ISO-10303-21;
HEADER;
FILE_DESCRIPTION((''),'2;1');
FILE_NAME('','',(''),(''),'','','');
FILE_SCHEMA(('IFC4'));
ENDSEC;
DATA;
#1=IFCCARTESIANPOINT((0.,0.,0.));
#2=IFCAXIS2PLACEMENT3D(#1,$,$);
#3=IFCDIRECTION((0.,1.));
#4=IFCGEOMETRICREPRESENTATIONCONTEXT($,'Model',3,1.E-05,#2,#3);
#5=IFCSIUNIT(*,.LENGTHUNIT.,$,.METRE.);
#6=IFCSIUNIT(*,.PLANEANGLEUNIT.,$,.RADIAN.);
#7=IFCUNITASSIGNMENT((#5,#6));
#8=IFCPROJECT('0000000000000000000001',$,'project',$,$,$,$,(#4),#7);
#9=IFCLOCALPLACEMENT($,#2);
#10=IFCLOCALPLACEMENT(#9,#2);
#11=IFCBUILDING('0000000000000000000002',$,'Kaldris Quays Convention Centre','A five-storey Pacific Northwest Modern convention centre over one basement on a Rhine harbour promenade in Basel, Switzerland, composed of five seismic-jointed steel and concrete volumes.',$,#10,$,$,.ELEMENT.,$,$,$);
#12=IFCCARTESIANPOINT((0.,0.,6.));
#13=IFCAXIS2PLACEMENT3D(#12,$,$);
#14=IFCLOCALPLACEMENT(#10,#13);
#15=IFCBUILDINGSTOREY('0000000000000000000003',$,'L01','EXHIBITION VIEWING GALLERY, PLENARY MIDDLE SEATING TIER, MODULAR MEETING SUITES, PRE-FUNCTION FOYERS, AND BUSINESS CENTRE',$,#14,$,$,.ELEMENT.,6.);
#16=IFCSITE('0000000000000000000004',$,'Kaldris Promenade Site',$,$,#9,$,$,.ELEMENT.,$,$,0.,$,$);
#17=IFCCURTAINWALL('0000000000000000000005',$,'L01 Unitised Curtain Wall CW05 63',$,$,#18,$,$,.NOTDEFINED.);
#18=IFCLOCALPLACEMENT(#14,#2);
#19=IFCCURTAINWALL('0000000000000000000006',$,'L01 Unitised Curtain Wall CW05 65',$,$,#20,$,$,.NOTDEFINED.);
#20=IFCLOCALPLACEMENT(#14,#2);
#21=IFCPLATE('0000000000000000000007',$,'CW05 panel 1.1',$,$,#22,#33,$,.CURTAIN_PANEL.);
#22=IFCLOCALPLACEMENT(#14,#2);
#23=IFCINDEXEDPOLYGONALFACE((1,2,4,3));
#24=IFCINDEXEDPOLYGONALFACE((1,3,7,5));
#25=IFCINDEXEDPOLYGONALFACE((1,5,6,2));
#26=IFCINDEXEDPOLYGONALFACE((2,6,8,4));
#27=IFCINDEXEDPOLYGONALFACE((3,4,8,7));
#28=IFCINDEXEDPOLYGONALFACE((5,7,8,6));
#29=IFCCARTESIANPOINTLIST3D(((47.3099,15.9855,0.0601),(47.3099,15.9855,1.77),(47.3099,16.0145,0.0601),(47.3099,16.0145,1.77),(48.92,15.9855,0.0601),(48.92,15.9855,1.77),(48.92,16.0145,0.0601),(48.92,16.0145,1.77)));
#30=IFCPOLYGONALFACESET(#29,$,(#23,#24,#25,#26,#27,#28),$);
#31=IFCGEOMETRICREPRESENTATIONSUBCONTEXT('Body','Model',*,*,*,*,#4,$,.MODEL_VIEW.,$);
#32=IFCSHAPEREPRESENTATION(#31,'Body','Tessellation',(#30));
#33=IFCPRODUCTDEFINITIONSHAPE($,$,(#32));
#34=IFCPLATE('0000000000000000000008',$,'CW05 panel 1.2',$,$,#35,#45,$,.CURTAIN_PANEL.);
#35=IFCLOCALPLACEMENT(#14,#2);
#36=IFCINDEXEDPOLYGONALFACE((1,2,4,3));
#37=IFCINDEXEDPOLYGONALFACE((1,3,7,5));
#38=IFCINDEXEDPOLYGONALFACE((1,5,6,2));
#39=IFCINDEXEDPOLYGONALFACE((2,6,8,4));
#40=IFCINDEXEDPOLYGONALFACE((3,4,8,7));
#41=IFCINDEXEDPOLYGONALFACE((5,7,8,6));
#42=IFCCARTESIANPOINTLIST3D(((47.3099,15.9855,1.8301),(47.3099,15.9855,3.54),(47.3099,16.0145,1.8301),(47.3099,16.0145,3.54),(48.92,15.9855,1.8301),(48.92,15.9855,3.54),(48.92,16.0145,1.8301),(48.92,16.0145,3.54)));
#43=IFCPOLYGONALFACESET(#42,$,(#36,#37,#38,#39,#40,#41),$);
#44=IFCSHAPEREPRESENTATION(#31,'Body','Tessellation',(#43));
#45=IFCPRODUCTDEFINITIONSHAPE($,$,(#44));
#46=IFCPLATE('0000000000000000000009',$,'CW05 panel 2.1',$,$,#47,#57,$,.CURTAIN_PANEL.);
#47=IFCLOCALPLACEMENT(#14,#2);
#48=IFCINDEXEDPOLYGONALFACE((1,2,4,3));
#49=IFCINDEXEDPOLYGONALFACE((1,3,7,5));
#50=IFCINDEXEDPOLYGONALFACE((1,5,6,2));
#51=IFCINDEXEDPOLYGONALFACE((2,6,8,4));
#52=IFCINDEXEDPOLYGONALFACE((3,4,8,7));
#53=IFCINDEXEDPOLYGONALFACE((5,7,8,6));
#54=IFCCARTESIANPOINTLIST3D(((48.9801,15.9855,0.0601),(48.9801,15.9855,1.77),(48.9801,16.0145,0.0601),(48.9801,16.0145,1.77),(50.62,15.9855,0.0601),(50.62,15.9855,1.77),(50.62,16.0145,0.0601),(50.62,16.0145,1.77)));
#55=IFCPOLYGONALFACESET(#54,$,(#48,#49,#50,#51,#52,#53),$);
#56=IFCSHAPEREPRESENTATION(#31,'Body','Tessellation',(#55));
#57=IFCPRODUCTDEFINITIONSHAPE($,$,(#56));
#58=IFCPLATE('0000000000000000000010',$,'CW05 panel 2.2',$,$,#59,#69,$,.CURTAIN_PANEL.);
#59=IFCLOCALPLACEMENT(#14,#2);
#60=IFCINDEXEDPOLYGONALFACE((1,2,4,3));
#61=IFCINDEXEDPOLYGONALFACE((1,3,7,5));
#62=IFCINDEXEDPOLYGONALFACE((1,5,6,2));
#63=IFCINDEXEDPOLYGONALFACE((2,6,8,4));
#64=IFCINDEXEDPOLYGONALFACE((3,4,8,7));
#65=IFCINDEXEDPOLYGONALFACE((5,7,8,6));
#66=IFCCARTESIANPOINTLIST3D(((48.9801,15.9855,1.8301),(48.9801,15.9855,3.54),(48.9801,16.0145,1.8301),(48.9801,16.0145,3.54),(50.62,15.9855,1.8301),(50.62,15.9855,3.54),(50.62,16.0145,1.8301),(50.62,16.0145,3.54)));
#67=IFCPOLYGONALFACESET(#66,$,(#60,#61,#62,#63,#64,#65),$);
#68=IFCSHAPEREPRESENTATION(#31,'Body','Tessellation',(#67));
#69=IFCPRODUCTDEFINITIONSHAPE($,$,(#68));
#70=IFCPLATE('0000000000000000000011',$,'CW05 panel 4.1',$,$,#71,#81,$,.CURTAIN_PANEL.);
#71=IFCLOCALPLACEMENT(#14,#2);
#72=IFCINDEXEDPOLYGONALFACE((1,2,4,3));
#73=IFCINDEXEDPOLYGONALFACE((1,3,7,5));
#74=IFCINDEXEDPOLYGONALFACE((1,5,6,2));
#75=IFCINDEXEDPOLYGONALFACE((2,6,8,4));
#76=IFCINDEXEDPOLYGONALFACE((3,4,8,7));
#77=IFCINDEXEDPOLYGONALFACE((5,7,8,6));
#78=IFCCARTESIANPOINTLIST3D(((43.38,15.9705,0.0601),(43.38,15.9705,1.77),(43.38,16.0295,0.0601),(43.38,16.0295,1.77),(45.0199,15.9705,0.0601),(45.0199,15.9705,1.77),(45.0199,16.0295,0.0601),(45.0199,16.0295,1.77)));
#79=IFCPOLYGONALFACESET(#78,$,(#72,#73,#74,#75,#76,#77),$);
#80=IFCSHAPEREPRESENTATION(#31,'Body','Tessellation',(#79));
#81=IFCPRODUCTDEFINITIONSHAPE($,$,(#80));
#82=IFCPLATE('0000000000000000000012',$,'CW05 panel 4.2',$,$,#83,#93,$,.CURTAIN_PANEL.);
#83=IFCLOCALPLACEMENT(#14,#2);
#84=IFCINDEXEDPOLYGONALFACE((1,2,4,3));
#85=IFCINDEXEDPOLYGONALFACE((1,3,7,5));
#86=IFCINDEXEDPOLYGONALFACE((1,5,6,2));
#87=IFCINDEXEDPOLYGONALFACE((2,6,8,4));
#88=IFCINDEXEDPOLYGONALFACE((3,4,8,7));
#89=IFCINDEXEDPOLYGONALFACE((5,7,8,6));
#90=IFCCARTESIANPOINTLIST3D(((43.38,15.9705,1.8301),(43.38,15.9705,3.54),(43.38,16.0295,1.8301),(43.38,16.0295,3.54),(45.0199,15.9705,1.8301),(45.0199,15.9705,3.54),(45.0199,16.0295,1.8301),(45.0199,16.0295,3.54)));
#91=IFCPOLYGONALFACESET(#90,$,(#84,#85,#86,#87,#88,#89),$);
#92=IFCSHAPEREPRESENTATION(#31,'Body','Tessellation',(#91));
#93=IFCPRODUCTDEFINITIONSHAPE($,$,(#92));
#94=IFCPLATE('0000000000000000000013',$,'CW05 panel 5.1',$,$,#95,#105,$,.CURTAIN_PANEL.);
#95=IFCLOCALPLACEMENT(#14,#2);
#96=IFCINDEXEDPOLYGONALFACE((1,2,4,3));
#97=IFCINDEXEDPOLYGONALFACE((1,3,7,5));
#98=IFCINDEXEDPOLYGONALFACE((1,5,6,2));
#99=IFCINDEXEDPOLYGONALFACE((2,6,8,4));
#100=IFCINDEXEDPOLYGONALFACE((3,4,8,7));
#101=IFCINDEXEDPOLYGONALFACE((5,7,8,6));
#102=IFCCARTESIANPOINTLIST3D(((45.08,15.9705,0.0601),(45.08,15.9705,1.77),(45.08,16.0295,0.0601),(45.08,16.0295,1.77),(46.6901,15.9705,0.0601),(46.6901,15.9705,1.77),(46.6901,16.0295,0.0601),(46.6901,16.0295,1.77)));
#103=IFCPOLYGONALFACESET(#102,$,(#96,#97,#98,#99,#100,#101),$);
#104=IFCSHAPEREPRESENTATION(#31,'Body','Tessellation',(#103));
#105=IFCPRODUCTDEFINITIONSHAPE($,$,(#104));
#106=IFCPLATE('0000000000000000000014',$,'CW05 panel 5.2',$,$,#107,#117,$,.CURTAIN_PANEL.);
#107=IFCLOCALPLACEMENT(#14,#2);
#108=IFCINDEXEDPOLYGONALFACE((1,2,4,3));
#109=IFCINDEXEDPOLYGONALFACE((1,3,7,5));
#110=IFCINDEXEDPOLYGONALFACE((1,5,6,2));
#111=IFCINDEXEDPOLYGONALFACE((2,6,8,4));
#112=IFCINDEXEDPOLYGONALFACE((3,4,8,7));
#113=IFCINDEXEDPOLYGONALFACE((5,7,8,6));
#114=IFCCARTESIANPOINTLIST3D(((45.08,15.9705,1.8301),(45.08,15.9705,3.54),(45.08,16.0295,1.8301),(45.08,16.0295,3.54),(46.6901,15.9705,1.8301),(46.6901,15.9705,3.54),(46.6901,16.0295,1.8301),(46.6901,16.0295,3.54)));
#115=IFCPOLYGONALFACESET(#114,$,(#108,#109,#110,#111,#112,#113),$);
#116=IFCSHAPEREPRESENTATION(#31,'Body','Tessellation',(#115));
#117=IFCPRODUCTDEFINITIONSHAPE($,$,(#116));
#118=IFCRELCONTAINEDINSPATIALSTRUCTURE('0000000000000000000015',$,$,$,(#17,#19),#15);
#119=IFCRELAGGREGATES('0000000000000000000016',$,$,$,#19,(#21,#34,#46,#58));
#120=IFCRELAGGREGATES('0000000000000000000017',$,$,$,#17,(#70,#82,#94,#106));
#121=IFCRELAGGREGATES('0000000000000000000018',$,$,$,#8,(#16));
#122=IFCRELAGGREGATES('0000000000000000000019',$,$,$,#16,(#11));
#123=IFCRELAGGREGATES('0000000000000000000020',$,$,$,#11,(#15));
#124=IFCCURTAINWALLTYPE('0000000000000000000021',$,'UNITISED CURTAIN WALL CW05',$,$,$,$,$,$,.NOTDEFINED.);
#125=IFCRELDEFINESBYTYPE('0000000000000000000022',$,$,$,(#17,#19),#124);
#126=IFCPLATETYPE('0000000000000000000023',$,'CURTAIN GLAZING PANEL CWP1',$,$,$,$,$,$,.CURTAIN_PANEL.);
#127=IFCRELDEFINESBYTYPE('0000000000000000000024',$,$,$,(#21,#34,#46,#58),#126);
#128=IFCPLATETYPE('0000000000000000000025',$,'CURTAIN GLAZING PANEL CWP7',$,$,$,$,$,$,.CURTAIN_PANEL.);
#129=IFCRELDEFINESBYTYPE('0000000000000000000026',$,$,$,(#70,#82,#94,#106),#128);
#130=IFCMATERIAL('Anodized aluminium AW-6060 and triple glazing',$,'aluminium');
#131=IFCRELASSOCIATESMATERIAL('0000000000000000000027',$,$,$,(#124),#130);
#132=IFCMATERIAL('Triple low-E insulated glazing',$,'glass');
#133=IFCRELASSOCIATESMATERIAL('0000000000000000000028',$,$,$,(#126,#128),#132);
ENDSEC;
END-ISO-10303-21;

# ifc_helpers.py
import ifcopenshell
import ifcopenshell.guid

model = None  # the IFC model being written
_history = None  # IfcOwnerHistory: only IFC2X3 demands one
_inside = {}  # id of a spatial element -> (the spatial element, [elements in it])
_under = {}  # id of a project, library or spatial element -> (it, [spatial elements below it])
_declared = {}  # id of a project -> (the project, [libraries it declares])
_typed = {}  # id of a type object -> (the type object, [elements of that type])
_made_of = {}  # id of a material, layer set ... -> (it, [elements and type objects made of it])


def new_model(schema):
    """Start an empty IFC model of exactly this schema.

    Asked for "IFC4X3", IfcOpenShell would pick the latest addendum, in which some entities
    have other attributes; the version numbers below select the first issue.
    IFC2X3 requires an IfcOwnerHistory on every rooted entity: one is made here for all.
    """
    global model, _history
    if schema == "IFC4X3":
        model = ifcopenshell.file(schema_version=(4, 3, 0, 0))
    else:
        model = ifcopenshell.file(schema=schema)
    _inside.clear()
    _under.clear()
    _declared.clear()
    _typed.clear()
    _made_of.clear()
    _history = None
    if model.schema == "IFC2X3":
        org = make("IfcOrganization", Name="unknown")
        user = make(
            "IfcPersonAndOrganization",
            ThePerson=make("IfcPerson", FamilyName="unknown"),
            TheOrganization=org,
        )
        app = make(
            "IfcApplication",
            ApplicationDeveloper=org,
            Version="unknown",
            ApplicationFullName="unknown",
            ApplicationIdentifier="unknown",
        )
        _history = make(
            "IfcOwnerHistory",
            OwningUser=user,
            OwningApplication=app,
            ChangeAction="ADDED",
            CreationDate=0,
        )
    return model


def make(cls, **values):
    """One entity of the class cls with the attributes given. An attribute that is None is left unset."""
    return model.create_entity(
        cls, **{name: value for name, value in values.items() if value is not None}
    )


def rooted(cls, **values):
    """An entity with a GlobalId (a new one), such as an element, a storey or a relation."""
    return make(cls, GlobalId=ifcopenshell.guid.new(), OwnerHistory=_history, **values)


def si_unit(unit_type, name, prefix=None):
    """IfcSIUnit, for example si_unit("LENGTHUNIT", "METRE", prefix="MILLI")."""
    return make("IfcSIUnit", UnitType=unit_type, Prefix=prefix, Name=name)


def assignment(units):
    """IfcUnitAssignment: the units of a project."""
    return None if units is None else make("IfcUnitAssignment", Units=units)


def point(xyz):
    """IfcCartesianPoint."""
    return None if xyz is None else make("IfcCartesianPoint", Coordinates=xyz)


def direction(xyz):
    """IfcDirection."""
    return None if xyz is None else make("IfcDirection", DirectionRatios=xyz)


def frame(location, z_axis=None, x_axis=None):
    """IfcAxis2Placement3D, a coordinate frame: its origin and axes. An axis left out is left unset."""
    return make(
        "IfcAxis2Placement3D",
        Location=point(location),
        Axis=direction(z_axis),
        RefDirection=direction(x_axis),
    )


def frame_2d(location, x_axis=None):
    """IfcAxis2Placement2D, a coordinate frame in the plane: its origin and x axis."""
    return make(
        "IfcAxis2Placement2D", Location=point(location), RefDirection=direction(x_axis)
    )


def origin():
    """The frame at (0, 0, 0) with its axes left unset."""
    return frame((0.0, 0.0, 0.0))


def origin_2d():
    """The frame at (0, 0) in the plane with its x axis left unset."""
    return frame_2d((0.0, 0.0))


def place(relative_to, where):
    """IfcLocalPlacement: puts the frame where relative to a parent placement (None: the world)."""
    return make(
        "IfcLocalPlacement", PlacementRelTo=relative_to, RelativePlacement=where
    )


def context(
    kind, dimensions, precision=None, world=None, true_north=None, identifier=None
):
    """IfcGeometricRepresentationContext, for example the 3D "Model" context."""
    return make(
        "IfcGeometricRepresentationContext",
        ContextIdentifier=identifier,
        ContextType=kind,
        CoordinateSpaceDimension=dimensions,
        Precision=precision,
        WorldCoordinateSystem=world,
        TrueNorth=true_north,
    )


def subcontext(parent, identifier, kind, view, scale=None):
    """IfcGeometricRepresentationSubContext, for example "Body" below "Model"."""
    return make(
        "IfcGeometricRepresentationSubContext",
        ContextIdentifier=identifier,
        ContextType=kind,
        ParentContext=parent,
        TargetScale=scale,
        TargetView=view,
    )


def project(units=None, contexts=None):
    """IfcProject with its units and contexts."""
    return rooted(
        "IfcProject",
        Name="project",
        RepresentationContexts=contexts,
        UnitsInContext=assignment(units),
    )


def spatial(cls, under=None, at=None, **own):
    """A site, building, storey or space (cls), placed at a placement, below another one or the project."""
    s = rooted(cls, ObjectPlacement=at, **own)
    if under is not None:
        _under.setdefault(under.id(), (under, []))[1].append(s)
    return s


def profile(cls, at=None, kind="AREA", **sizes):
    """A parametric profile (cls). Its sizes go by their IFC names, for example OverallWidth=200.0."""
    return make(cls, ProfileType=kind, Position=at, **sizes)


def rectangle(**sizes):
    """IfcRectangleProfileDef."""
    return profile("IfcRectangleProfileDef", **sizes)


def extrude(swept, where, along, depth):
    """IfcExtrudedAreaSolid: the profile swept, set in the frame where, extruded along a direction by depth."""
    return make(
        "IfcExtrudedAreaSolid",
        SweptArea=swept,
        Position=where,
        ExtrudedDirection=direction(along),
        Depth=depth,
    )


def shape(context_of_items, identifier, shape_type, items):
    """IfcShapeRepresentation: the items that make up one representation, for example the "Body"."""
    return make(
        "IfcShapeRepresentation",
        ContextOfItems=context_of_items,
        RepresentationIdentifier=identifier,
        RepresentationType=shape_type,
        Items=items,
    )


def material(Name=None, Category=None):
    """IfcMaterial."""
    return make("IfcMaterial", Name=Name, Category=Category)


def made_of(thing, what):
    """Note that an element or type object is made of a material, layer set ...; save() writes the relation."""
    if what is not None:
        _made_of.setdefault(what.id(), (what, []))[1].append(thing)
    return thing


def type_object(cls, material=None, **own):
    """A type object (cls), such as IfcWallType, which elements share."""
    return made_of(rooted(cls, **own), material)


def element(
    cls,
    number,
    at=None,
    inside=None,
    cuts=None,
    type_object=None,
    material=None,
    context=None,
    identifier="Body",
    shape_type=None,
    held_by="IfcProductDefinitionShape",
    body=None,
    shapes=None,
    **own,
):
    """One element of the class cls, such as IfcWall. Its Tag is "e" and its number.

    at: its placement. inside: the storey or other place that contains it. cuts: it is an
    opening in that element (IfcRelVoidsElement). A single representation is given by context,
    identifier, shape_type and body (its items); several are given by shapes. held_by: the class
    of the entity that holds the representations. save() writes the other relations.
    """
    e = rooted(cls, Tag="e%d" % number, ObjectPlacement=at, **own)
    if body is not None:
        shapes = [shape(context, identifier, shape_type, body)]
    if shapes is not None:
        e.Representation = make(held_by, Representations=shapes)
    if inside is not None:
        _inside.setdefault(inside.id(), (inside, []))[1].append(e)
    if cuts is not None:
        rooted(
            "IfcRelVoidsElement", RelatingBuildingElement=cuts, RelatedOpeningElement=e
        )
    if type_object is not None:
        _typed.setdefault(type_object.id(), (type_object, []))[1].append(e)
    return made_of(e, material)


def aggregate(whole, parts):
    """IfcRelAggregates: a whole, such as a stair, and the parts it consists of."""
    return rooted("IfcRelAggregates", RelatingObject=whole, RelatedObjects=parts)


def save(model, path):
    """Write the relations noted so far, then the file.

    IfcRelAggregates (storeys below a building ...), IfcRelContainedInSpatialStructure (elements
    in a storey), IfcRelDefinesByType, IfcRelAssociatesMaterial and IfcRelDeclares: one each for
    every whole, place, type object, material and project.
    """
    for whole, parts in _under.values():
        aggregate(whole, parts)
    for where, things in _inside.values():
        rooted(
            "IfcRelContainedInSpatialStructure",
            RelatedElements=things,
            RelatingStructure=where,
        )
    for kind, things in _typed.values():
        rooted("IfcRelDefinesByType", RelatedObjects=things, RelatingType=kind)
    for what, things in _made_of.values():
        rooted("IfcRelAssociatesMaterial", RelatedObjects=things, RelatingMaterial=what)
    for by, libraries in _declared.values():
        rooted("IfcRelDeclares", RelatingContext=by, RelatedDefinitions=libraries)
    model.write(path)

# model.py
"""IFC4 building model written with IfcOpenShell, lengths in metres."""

from ifc_helpers import new_model, si_unit, direction, frame, origin, origin_2d, place, context, subcontext, project, spatial, rectangle, extrude, material, type_object, element, aggregate, save


model = new_model("IFC4")

# Units and contexts
model_context = context("Model", 3, precision=1e-05, world=origin(), true_north=direction((0.0, 1.0)))
body_context = subcontext(model_context, "Body", "Model", "MODEL_VIEW")
ifc_project = project(units=[si_unit("LENGTHUNIT", "METRE"), si_unit("PLANEANGLEUNIT", "RADIAN")], contexts=[model_context])

# Site, building, storey
site_placement = place(None, origin())
site = spatial("IfcSite", under=ifc_project, at=site_placement, Name="Kaldris Promenade Site", CompositionType="ELEMENT", RefElevation=0.0)
building_placement = place(site_placement, origin())
building = spatial("IfcBuilding", under=site, at=building_placement, Name="Kaldris Quays Convention Centre", Description="A five-storey Pacific Northwest Modern convention centre over one basement on a Rhine harbour promenade in Basel, Switzerland, composed of five seismic-jointed steel and concrete volumes.", CompositionType="ELEMENT")
storey_placement = place(building_placement, frame((0.0, 0.0, 6.0)))
storey = spatial("IfcBuildingStorey", under=building, at=storey_placement, Name="L01", Description="EXHIBITION VIEWING GALLERY, PLENARY MIDDLE SEATING TIER, MODULAR MEETING SUITES, PRE-FUNCTION FOYERS, AND BUSINESS CENTRE", CompositionType="ELEMENT", Elevation=6.0)

# Curtain walls
ifc_material_1 = material(Name="Anodized aluminium AW-6060 and triple glazing", Category="aluminium")
curtain_wall_type = type_object("IfcCurtainWallType", Name="UNITISED CURTAIN WALL CW05", PredefinedType="NOTDEFINED", material=ifc_material_1)
curtain_wall_1_placement = place(storey_placement, origin())
curtain_wall_1 = element("IfcCurtainWall", 1, at=curtain_wall_1_placement, inside=storey, type_object=curtain_wall_type, Name="L01 Unitised Curtain Wall CW05 63", PredefinedType="NOTDEFINED")
curtain_wall_2_placement = place(storey_placement, origin())
curtain_wall_2 = element("IfcCurtainWall", 2, at=curtain_wall_2_placement, inside=storey, type_object=curtain_wall_type, Name="L01 Unitised Curtain Wall CW05 65", PredefinedType="NOTDEFINED")

# Plates
ifc_material_2 = material(Name="Triple low-E insulated glazing", Category="glass")
plate_type_1 = type_object("IfcPlateType", Name="CURTAIN GLAZING PANEL CWP1", PredefinedType="CURTAIN_PANEL", material=ifc_material_2)
plate_1_placement = place(storey_placement, frame((48.115, 16.0, 0.0601), z_axis=(0.0, 0.0, 1.0), x_axis=(1.0, 0.0, 0.0)))
plate_1 = element("IfcPlate", 3, at=plate_1_placement, type_object=plate_type_1, Name="CW05 panel 1.1", PredefinedType="CURTAIN_PANEL", context=body_context, shape_type="SweptSolid", body=[
    extrude(rectangle(XDim=1.6101, YDim=0.0291, at=origin_2d()), origin(), (0.0, 0.0, 1.0), 1.71),
])
plate_2_placement = place(storey_placement, frame((48.115, 16.0, 1.8301), z_axis=(0.0, 0.0, 1.0), x_axis=(1.0, 0.0, 0.0)))
plate_2 = element("IfcPlate", 4, at=plate_2_placement, type_object=plate_type_1, Name="CW05 panel 1.2", PredefinedType="CURTAIN_PANEL", context=body_context, shape_type="SweptSolid", body=[
    extrude(rectangle(XDim=1.6101, YDim=0.0291, at=origin_2d()), origin(), (0.0, 0.0, 1.0), 1.71),
])
plate_3_placement = place(storey_placement, frame((49.8, 16.0, 0.0601), z_axis=(0.0, 0.0, 1.0), x_axis=(1.0, 0.0, 0.0)))
plate_3 = element("IfcPlate", 5, at=plate_3_placement, type_object=plate_type_1, Name="CW05 panel 2.1", PredefinedType="CURTAIN_PANEL", context=body_context, shape_type="SweptSolid", body=[
    extrude(rectangle(XDim=1.6399, YDim=0.0291, at=origin_2d()), origin(), (0.0, 0.0, 1.0), 1.71),
])
plate_4_placement = place(storey_placement, frame((49.8, 16.0, 1.8301), z_axis=(0.0, 0.0, 1.0), x_axis=(1.0, 0.0, 0.0)))
plate_4 = element("IfcPlate", 6, at=plate_4_placement, type_object=plate_type_1, Name="CW05 panel 2.2", PredefinedType="CURTAIN_PANEL", context=body_context, shape_type="SweptSolid", body=[
    extrude(rectangle(XDim=1.6399, YDim=0.0291, at=origin_2d()), origin(), (0.0, 0.0, 1.0), 1.71),
])
aggregate(curtain_wall_2, [plate_1, plate_2, plate_3, plate_4])
plate_type_2 = type_object("IfcPlateType", Name="CURTAIN GLAZING PANEL CWP7", PredefinedType="CURTAIN_PANEL", material=ifc_material_2)
plate_5_placement = place(storey_placement, frame((44.2, 16.0, 0.0601), z_axis=(0.0, 0.0, 1.0), x_axis=(1.0, 0.0, 0.0)))
plate_5 = element("IfcPlate", 7, at=plate_5_placement, type_object=plate_type_2, Name="CW05 panel 4.1", PredefinedType="CURTAIN_PANEL", context=body_context, shape_type="SweptSolid", body=[
    extrude(rectangle(XDim=1.6399, YDim=0.0591, at=origin_2d()), origin(), (0.0, 0.0, 1.0), 1.71),
])
plate_6_placement = place(storey_placement, frame((44.2, 16.0, 1.8301), z_axis=(0.0, 0.0, 1.0), x_axis=(1.0, 0.0, 0.0)))
plate_6 = element("IfcPlate", 8, at=plate_6_placement, type_object=plate_type_2, Name="CW05 panel 4.2", PredefinedType="CURTAIN_PANEL", context=body_context, shape_type="SweptSolid", body=[
    extrude(rectangle(XDim=1.6399, YDim=0.0591, at=origin_2d()), origin(), (0.0, 0.0, 1.0), 1.71),
])
plate_7_placement = place(storey_placement, frame((45.885, 16.0, 0.0601), z_axis=(0.0, 0.0, 1.0), x_axis=(1.0, 0.0, 0.0)))
plate_7 = element("IfcPlate", 9, at=plate_7_placement, type_object=plate_type_2, Name="CW05 panel 5.1", PredefinedType="CURTAIN_PANEL", context=body_context, shape_type="SweptSolid", body=[
    extrude(rectangle(XDim=1.6101, YDim=0.0591, at=origin_2d()), origin(), (0.0, 0.0, 1.0), 1.71),
])
plate_8_placement = place(storey_placement, frame((45.885, 16.0, 1.8301), z_axis=(0.0, 0.0, 1.0), x_axis=(1.0, 0.0, 0.0)))
plate_8 = element("IfcPlate", 10, at=plate_8_placement, type_object=plate_type_2, Name="CW05 panel 5.2", PredefinedType="CURTAIN_PANEL", context=body_context, shape_type="SweptSolid", body=[
    extrude(rectangle(XDim=1.6101, YDim=0.0591, at=origin_2d()), origin(), (0.0, 0.0, 1.0), 1.71),
])
aggregate(curtain_wall_1, [plate_5, plate_6, plate_7, plate_8])

save(model, "model.ifc")
